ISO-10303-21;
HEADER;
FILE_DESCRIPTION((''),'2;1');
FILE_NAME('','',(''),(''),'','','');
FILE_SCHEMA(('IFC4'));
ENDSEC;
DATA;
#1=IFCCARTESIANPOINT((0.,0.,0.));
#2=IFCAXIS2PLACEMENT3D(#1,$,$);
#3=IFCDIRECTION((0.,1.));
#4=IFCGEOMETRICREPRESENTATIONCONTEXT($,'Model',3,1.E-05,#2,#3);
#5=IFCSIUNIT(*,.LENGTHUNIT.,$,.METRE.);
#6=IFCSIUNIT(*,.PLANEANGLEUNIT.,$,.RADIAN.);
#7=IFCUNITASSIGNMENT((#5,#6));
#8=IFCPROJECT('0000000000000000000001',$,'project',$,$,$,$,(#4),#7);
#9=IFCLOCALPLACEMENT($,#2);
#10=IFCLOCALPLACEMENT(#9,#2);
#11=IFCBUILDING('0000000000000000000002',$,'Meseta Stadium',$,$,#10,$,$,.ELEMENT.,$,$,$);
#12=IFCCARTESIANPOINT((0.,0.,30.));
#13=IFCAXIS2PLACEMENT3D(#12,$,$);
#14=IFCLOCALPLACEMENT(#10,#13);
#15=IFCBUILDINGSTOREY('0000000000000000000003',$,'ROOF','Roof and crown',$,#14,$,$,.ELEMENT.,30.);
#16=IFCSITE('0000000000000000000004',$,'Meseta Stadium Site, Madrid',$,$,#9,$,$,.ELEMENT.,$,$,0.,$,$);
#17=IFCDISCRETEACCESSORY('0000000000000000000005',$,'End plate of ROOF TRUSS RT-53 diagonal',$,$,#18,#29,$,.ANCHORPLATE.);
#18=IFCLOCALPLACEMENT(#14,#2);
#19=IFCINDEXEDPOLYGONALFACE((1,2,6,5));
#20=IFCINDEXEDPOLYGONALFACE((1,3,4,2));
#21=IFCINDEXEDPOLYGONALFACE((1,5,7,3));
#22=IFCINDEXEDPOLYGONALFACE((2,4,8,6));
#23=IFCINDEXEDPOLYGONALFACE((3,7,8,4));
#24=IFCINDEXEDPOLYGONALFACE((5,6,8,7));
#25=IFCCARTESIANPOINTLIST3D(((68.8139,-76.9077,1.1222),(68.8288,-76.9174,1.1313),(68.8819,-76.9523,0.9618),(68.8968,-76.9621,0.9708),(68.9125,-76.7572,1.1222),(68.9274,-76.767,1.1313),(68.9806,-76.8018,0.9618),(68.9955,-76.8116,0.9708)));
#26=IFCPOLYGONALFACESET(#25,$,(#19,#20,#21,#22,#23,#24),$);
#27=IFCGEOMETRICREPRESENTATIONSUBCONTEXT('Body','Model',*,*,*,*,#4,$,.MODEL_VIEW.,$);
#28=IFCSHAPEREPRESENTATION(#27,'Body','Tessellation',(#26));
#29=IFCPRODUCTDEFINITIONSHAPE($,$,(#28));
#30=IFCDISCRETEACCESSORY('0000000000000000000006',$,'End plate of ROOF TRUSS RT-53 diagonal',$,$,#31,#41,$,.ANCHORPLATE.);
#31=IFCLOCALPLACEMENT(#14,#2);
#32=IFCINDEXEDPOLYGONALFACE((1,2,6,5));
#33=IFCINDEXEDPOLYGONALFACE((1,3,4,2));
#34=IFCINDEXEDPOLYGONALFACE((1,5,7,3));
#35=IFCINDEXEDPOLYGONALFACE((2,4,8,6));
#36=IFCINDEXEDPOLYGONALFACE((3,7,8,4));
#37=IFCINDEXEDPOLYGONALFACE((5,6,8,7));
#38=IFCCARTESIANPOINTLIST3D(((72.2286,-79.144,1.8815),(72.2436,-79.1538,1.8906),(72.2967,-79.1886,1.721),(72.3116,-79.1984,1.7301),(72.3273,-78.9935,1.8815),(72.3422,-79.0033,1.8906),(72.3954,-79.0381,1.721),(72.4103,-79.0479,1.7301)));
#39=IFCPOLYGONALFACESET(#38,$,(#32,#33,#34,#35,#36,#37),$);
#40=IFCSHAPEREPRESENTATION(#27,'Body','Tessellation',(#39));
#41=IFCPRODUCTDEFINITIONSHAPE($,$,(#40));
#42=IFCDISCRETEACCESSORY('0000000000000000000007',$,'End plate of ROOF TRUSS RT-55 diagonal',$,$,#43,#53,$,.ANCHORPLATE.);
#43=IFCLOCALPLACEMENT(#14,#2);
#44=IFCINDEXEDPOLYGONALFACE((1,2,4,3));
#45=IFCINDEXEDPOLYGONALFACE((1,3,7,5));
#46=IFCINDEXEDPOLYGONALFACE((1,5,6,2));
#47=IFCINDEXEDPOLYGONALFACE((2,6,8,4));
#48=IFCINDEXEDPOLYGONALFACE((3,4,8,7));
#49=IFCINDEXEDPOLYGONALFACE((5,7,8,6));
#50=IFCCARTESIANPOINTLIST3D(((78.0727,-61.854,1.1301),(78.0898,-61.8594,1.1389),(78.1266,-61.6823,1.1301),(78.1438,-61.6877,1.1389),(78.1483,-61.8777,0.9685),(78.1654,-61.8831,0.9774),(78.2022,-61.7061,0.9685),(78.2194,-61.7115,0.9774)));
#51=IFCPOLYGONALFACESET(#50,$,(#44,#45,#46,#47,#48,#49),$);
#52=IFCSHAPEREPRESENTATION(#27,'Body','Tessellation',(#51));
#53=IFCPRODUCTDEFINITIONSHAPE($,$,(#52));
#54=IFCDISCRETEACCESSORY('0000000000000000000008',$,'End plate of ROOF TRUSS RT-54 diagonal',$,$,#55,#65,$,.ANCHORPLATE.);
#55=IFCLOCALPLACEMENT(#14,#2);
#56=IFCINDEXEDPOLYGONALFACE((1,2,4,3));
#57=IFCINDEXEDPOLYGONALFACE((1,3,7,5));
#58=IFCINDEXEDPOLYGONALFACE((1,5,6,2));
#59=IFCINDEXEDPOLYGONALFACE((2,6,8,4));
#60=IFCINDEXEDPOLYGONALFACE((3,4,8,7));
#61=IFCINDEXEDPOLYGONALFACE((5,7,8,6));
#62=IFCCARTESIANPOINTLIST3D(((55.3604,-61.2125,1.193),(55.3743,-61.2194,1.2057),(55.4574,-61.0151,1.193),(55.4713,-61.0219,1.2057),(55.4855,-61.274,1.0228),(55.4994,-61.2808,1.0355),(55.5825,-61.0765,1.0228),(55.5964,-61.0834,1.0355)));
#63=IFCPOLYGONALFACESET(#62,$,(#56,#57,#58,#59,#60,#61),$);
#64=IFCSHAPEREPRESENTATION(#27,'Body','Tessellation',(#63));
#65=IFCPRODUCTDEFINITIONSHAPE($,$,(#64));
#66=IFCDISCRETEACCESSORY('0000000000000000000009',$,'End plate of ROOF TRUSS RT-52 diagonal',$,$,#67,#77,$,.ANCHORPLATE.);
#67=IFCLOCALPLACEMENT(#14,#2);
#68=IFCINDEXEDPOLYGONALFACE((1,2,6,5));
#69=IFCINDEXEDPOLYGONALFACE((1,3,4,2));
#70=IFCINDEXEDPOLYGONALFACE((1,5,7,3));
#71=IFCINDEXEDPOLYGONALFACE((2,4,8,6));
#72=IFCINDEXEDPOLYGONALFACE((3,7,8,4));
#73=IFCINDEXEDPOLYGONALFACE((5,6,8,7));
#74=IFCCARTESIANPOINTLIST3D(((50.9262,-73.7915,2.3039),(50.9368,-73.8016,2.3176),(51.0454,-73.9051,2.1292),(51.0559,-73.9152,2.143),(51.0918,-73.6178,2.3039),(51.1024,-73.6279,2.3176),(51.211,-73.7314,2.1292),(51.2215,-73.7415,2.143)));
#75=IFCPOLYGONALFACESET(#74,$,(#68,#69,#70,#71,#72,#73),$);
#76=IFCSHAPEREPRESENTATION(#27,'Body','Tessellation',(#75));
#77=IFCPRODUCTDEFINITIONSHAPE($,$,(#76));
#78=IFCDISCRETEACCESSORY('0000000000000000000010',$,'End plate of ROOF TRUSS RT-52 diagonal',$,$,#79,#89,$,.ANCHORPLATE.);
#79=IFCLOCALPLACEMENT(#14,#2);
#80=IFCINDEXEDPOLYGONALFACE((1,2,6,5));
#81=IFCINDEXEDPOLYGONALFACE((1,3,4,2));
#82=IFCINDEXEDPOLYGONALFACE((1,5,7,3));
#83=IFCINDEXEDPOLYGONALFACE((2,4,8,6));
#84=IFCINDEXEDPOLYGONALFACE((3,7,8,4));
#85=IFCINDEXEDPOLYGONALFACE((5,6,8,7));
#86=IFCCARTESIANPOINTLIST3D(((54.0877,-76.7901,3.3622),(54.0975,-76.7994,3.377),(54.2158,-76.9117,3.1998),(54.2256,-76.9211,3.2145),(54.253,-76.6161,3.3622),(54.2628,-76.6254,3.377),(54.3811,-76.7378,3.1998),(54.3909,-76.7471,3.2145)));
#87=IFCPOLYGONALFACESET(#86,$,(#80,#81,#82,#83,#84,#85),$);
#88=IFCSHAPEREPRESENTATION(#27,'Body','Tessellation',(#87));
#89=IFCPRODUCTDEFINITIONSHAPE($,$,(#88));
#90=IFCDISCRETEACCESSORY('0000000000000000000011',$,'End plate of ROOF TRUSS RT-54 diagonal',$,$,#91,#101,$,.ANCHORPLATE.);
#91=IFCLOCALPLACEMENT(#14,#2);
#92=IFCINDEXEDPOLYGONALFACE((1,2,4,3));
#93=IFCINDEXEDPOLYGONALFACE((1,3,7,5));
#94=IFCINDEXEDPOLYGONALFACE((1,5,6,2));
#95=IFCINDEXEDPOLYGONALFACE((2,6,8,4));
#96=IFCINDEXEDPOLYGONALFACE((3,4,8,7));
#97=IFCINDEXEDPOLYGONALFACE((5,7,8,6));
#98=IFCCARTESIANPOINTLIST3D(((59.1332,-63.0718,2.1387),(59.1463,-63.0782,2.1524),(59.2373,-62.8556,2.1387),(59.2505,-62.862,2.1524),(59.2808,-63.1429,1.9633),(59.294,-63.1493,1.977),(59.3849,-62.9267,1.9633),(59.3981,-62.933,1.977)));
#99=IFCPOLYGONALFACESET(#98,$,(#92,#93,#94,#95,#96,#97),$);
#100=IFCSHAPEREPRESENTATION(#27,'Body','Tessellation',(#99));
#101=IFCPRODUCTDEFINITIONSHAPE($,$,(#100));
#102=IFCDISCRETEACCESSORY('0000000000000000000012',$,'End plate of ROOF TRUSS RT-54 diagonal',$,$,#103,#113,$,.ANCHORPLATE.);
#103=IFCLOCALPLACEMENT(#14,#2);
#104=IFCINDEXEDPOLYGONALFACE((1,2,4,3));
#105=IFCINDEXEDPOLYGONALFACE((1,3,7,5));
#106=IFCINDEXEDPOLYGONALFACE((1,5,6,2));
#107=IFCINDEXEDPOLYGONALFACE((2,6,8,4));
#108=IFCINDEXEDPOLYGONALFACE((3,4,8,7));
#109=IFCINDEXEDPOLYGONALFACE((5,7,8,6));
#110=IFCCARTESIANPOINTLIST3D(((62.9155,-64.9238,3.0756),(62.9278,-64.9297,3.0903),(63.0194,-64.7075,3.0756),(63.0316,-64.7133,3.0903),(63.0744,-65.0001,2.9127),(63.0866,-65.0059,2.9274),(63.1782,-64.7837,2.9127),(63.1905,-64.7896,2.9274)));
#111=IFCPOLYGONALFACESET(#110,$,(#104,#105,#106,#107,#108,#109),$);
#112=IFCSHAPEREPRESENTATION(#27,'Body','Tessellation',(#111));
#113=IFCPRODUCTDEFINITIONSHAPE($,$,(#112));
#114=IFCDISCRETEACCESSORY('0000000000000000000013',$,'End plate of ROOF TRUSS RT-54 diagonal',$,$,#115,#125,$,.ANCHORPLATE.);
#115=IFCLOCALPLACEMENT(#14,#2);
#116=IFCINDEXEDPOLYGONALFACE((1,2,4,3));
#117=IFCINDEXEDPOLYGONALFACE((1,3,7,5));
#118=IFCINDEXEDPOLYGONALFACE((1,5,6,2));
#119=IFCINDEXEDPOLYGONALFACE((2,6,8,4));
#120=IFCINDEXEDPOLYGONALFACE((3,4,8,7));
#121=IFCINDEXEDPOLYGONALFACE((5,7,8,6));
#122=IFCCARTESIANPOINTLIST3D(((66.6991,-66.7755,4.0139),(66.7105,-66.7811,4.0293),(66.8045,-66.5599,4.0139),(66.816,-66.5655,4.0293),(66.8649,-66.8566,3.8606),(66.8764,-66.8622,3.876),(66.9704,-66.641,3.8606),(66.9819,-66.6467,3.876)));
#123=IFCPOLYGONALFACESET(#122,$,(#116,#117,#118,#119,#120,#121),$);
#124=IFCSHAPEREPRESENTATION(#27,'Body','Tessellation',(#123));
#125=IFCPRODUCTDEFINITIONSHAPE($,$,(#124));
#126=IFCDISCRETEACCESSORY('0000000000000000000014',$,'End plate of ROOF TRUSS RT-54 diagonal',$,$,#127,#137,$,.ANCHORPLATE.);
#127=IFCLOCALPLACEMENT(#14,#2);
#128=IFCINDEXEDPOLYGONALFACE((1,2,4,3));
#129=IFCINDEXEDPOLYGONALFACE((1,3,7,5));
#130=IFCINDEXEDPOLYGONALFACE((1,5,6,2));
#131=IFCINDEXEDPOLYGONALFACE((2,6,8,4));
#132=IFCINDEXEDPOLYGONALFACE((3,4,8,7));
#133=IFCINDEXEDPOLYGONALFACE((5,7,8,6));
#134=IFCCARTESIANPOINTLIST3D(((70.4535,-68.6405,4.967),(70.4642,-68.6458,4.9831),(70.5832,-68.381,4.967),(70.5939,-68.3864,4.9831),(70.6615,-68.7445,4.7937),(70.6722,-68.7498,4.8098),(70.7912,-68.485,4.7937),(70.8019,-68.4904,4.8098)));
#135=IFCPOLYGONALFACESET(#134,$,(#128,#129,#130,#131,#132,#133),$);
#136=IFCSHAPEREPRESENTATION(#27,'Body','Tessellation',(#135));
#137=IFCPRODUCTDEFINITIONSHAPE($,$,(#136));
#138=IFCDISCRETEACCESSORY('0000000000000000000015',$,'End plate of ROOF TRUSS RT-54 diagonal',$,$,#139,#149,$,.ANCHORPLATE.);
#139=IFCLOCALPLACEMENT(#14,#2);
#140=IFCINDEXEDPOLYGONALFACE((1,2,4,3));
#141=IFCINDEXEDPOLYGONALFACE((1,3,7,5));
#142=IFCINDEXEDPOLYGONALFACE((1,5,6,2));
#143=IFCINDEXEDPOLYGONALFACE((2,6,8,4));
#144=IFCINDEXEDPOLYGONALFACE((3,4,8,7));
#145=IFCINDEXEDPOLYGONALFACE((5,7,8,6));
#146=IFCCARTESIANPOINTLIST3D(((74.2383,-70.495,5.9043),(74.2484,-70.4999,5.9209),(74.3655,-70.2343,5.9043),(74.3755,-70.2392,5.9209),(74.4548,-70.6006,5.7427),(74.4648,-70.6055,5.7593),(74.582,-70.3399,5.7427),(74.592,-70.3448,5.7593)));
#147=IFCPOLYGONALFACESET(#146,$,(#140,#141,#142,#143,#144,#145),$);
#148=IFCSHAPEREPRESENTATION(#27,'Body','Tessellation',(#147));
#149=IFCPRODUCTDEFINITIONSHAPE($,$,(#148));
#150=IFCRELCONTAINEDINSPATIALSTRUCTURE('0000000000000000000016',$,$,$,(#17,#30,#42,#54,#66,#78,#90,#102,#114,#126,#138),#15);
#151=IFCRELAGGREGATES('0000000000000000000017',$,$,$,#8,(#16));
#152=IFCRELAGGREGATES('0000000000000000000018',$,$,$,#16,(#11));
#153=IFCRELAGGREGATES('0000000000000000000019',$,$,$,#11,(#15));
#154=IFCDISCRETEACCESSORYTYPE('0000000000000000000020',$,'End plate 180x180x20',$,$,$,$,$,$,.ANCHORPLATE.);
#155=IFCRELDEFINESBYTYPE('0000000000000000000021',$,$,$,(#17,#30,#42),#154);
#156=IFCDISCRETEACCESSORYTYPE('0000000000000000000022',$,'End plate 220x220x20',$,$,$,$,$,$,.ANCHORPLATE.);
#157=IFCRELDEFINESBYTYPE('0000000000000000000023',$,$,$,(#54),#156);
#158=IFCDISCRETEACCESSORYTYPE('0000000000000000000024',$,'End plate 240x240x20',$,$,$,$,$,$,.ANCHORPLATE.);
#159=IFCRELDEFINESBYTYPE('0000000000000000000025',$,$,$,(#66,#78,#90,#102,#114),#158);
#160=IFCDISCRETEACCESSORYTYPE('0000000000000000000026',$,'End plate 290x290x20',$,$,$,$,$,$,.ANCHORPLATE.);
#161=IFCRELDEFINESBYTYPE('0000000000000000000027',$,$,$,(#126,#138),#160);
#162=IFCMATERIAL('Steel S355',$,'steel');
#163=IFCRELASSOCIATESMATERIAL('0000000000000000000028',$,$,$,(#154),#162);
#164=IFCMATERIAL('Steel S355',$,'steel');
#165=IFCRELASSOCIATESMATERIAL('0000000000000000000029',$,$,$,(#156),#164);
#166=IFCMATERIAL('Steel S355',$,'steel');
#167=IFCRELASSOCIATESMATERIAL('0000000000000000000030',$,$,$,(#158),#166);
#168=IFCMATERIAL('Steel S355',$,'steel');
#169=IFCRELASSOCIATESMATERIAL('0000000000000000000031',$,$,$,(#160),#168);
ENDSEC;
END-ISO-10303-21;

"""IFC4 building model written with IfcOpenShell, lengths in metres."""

from ifc_helpers import new_model, si_unit, direction, frame, origin, origin_2d, place, context, subcontext, project, spatial, rectangle, extrude, material, material_profile, profile_set, type_object, element, save


model = new_model("IFC4")

# Units and contexts
model_context = context("Model", 3, precision=1e-05, world=origin(), true_north=direction((0.0, 1.0)))
body_context = subcontext(model_context, "Body", "Model", "MODEL_VIEW")
ifc_project = project(units=[si_unit("LENGTHUNIT", "METRE"), si_unit("PLANEANGLEUNIT", "RADIAN")], contexts=[model_context])

# Site, building, storey
site_placement = place(None, origin())
site = spatial("IfcSite", under=ifc_project, at=site_placement, Name="Meseta Stadium Site, Madrid", CompositionType="ELEMENT", RefElevation=0.0)
building_placement = place(site_placement, origin())
building = spatial("IfcBuilding", under=site, at=building_placement, Name="Meseta Stadium", CompositionType="ELEMENT")
storey_placement = place(building_placement, frame((0.0, 0.0, 30.0)))
storey = spatial("IfcBuildingStorey", under=building, at=storey_placement, Name="ROOF", Description="Roof and crown", CompositionType="ELEMENT", Elevation=30.0)

# Discrete accessories
ifc_material_1 = material(Name="Steel S355", Category="steel")
ifc_material_profile_1 = material_profile(ifc_material_1, rectangle(XDim=0.1799, YDim=0.1799, at=origin_2d()), Name="PL 180x180")
ifc_profile_set_1 = profile_set([ifc_material_profile_1], Name="Steel S355")
discrete_accessory_type_1 = type_object("IfcDiscreteAccessoryType", Name="End plate 180x180x20", PredefinedType="ANCHORPLATE", material=ifc_profile_set_1)
for number, where, z_axis, x_axis, name in (
    (1, (68.8972, -76.8547, 1.042), (0.74579, -0.489043, 0.452365), (0.548357, 0.836244, 0.0), "End plate of ROOF TRUSS RT-53 diagonal"),
    (2, (72.312, -79.0911, 1.8013), (0.74579, -0.489043, 0.452365), (0.548357, 0.836244, 0.0), "End plate of ROOF TRUSS RT-53 diagonal"),
    (3, (78.1375, -61.78, 1.0493), (0.856465, -0.269175, 0.440468), (0.299827, 0.953994, 0.0), "End plate of ROOF TRUSS RT-55 diagonal"),
):
    element("IfcDiscreteAccessory", number, at=place(storey_placement, frame(where, z_axis=z_axis, x_axis=x_axis)), inside=storey, type_object=discrete_accessory_type_1, Name=name, PredefinedType="ANCHORPLATE", context=body_context, shape_type="SweptSolid", body=[
        extrude(rectangle(XDim=0.1799, YDim=0.1799, at=origin_2d()), origin(), (0.0, 0.0, 1.0), 0.02),
    ])
ifc_material_2 = material(Name="Steel S355", Category="steel")
ifc_material_profile_2 = material_profile(ifc_material_2, rectangle(XDim=0.22, YDim=0.22, at=origin_2d()), Name="PL 220x220")
ifc_profile_set_2 = profile_set([ifc_material_profile_2], Name="Steel S355")
discrete_accessory_type_2 = type_object("IfcDiscreteAccessoryType", Name="End plate 220x220x20", PredefinedType="ANCHORPLATE", material=ifc_profile_set_2)
discrete_accessory_placement = place(storey_placement, frame((55.4714, -61.1445, 1.1079), z_axis=(0.694451, -0.341134, 0.633534), x_axis=(0.440904, 0.897554, 0.0)))
element("IfcDiscreteAccessory", 4, at=discrete_accessory_placement, inside=storey, type_object=discrete_accessory_type_2, Name="End plate of ROOF TRUSS RT-54 diagonal", PredefinedType="ANCHORPLATE", context=body_context, shape_type="SweptSolid", body=[
    extrude(rectangle(XDim=0.22, YDim=0.22, at=origin_2d()), origin(), (0.0, 0.0, 1.0), 0.02),
])
ifc_material_3 = material(Name="Steel S355", Category="steel")
ifc_material_profile_3 = material_profile(ifc_material_3, rectangle(XDim=0.24, YDim=0.24, at=origin_2d()), Name="PL 240x240")
ifc_profile_set_3 = profile_set([ifc_material_profile_3], Name="Steel S355")
discrete_accessory_type_3 = type_object("IfcDiscreteAccessoryType", Name="End plate 240x240x20", PredefinedType="ANCHORPLATE", material=ifc_profile_set_3)
for number, where, z_axis, x_axis, name in (
    (5, (51.0686, -73.7615, 2.2166), (0.526667, -0.502171, 0.685891), (0.690075, 0.723738, 0.0), "End plate of ROOF TRUSS RT-52 diagonal"),
    (6, (54.2344, -76.7639, 3.281), (0.490733, -0.466196, 0.736099), (0.688749, 0.724999, 0.0), "End plate of ROOF TRUSS RT-52 diagonal"),
    (7, (59.259, -62.9993, 2.051), (0.658341, -0.316979, 0.682724), (0.433816, 0.901002, 0.0), "End plate of ROOF TRUSS RT-54 diagonal"),
    (8, (63.0469, -64.8538, 2.9941), (0.611944, -0.293733, 0.734333), (0.432731, 0.901523, 0.0), "End plate of ROOF TRUSS RT-54 diagonal"),
    (9, (66.8347, -66.7083, 3.9373), (0.573897, -0.280843, 0.769266), (0.439553, 0.898217, 0.0), "End plate of ROOF TRUSS RT-54 diagonal"),
):
    element("IfcDiscreteAccessory", number, at=place(storey_placement, frame(where, z_axis=z_axis, x_axis=x_axis)), inside=storey, type_object=discrete_accessory_type_3, Name=name, PredefinedType="ANCHORPLATE", context=body_context, shape_type="SweptSolid", body=[
        extrude(rectangle(XDim=0.24, YDim=0.24, at=origin_2d()), origin(), (0.0, 0.0, 1.0), 0.02),
    ])
ifc_material_4 = material(Name="Steel S355", Category="steel")
ifc_material_profile_4 = material_profile(ifc_material_4, rectangle(XDim=0.29, YDim=0.29, at=origin_2d()), Name="PL 290x290")
ifc_profile_set_4 = profile_set([ifc_material_profile_4], Name="Steel S355")
discrete_accessory_type_4 = type_object("IfcDiscreteAccessoryType", Name="End plate 290x290x20", PredefinedType="ANCHORPLATE", material=ifc_profile_set_4)
for number, where, z_axis, x_axis, name in (
    (10, (70.6223, -68.5627, 4.8804), (0.534522, -0.267261, 0.801784), (0.447214, 0.894427, 0.0), "End plate of ROOF TRUSS RT-54 diagonal"),
    (11, (74.4102, -70.4175, 5.8235), (0.500708, -0.244248, 0.830442), (0.438424, 0.898768, 0.0), "End plate of ROOF TRUSS RT-54 diagonal"),
):
    element("IfcDiscreteAccessory", number, at=place(storey_placement, frame(where, z_axis=z_axis, x_axis=x_axis)), inside=storey, type_object=discrete_accessory_type_4, Name=name, PredefinedType="ANCHORPLATE", context=body_context, shape_type="SweptSolid", body=[
        extrude(rectangle(XDim=0.29, YDim=0.29, at=origin_2d()), origin(), (0.0, 0.0, 1.0), 0.02),
    ])

save(model, "model.ifc")
